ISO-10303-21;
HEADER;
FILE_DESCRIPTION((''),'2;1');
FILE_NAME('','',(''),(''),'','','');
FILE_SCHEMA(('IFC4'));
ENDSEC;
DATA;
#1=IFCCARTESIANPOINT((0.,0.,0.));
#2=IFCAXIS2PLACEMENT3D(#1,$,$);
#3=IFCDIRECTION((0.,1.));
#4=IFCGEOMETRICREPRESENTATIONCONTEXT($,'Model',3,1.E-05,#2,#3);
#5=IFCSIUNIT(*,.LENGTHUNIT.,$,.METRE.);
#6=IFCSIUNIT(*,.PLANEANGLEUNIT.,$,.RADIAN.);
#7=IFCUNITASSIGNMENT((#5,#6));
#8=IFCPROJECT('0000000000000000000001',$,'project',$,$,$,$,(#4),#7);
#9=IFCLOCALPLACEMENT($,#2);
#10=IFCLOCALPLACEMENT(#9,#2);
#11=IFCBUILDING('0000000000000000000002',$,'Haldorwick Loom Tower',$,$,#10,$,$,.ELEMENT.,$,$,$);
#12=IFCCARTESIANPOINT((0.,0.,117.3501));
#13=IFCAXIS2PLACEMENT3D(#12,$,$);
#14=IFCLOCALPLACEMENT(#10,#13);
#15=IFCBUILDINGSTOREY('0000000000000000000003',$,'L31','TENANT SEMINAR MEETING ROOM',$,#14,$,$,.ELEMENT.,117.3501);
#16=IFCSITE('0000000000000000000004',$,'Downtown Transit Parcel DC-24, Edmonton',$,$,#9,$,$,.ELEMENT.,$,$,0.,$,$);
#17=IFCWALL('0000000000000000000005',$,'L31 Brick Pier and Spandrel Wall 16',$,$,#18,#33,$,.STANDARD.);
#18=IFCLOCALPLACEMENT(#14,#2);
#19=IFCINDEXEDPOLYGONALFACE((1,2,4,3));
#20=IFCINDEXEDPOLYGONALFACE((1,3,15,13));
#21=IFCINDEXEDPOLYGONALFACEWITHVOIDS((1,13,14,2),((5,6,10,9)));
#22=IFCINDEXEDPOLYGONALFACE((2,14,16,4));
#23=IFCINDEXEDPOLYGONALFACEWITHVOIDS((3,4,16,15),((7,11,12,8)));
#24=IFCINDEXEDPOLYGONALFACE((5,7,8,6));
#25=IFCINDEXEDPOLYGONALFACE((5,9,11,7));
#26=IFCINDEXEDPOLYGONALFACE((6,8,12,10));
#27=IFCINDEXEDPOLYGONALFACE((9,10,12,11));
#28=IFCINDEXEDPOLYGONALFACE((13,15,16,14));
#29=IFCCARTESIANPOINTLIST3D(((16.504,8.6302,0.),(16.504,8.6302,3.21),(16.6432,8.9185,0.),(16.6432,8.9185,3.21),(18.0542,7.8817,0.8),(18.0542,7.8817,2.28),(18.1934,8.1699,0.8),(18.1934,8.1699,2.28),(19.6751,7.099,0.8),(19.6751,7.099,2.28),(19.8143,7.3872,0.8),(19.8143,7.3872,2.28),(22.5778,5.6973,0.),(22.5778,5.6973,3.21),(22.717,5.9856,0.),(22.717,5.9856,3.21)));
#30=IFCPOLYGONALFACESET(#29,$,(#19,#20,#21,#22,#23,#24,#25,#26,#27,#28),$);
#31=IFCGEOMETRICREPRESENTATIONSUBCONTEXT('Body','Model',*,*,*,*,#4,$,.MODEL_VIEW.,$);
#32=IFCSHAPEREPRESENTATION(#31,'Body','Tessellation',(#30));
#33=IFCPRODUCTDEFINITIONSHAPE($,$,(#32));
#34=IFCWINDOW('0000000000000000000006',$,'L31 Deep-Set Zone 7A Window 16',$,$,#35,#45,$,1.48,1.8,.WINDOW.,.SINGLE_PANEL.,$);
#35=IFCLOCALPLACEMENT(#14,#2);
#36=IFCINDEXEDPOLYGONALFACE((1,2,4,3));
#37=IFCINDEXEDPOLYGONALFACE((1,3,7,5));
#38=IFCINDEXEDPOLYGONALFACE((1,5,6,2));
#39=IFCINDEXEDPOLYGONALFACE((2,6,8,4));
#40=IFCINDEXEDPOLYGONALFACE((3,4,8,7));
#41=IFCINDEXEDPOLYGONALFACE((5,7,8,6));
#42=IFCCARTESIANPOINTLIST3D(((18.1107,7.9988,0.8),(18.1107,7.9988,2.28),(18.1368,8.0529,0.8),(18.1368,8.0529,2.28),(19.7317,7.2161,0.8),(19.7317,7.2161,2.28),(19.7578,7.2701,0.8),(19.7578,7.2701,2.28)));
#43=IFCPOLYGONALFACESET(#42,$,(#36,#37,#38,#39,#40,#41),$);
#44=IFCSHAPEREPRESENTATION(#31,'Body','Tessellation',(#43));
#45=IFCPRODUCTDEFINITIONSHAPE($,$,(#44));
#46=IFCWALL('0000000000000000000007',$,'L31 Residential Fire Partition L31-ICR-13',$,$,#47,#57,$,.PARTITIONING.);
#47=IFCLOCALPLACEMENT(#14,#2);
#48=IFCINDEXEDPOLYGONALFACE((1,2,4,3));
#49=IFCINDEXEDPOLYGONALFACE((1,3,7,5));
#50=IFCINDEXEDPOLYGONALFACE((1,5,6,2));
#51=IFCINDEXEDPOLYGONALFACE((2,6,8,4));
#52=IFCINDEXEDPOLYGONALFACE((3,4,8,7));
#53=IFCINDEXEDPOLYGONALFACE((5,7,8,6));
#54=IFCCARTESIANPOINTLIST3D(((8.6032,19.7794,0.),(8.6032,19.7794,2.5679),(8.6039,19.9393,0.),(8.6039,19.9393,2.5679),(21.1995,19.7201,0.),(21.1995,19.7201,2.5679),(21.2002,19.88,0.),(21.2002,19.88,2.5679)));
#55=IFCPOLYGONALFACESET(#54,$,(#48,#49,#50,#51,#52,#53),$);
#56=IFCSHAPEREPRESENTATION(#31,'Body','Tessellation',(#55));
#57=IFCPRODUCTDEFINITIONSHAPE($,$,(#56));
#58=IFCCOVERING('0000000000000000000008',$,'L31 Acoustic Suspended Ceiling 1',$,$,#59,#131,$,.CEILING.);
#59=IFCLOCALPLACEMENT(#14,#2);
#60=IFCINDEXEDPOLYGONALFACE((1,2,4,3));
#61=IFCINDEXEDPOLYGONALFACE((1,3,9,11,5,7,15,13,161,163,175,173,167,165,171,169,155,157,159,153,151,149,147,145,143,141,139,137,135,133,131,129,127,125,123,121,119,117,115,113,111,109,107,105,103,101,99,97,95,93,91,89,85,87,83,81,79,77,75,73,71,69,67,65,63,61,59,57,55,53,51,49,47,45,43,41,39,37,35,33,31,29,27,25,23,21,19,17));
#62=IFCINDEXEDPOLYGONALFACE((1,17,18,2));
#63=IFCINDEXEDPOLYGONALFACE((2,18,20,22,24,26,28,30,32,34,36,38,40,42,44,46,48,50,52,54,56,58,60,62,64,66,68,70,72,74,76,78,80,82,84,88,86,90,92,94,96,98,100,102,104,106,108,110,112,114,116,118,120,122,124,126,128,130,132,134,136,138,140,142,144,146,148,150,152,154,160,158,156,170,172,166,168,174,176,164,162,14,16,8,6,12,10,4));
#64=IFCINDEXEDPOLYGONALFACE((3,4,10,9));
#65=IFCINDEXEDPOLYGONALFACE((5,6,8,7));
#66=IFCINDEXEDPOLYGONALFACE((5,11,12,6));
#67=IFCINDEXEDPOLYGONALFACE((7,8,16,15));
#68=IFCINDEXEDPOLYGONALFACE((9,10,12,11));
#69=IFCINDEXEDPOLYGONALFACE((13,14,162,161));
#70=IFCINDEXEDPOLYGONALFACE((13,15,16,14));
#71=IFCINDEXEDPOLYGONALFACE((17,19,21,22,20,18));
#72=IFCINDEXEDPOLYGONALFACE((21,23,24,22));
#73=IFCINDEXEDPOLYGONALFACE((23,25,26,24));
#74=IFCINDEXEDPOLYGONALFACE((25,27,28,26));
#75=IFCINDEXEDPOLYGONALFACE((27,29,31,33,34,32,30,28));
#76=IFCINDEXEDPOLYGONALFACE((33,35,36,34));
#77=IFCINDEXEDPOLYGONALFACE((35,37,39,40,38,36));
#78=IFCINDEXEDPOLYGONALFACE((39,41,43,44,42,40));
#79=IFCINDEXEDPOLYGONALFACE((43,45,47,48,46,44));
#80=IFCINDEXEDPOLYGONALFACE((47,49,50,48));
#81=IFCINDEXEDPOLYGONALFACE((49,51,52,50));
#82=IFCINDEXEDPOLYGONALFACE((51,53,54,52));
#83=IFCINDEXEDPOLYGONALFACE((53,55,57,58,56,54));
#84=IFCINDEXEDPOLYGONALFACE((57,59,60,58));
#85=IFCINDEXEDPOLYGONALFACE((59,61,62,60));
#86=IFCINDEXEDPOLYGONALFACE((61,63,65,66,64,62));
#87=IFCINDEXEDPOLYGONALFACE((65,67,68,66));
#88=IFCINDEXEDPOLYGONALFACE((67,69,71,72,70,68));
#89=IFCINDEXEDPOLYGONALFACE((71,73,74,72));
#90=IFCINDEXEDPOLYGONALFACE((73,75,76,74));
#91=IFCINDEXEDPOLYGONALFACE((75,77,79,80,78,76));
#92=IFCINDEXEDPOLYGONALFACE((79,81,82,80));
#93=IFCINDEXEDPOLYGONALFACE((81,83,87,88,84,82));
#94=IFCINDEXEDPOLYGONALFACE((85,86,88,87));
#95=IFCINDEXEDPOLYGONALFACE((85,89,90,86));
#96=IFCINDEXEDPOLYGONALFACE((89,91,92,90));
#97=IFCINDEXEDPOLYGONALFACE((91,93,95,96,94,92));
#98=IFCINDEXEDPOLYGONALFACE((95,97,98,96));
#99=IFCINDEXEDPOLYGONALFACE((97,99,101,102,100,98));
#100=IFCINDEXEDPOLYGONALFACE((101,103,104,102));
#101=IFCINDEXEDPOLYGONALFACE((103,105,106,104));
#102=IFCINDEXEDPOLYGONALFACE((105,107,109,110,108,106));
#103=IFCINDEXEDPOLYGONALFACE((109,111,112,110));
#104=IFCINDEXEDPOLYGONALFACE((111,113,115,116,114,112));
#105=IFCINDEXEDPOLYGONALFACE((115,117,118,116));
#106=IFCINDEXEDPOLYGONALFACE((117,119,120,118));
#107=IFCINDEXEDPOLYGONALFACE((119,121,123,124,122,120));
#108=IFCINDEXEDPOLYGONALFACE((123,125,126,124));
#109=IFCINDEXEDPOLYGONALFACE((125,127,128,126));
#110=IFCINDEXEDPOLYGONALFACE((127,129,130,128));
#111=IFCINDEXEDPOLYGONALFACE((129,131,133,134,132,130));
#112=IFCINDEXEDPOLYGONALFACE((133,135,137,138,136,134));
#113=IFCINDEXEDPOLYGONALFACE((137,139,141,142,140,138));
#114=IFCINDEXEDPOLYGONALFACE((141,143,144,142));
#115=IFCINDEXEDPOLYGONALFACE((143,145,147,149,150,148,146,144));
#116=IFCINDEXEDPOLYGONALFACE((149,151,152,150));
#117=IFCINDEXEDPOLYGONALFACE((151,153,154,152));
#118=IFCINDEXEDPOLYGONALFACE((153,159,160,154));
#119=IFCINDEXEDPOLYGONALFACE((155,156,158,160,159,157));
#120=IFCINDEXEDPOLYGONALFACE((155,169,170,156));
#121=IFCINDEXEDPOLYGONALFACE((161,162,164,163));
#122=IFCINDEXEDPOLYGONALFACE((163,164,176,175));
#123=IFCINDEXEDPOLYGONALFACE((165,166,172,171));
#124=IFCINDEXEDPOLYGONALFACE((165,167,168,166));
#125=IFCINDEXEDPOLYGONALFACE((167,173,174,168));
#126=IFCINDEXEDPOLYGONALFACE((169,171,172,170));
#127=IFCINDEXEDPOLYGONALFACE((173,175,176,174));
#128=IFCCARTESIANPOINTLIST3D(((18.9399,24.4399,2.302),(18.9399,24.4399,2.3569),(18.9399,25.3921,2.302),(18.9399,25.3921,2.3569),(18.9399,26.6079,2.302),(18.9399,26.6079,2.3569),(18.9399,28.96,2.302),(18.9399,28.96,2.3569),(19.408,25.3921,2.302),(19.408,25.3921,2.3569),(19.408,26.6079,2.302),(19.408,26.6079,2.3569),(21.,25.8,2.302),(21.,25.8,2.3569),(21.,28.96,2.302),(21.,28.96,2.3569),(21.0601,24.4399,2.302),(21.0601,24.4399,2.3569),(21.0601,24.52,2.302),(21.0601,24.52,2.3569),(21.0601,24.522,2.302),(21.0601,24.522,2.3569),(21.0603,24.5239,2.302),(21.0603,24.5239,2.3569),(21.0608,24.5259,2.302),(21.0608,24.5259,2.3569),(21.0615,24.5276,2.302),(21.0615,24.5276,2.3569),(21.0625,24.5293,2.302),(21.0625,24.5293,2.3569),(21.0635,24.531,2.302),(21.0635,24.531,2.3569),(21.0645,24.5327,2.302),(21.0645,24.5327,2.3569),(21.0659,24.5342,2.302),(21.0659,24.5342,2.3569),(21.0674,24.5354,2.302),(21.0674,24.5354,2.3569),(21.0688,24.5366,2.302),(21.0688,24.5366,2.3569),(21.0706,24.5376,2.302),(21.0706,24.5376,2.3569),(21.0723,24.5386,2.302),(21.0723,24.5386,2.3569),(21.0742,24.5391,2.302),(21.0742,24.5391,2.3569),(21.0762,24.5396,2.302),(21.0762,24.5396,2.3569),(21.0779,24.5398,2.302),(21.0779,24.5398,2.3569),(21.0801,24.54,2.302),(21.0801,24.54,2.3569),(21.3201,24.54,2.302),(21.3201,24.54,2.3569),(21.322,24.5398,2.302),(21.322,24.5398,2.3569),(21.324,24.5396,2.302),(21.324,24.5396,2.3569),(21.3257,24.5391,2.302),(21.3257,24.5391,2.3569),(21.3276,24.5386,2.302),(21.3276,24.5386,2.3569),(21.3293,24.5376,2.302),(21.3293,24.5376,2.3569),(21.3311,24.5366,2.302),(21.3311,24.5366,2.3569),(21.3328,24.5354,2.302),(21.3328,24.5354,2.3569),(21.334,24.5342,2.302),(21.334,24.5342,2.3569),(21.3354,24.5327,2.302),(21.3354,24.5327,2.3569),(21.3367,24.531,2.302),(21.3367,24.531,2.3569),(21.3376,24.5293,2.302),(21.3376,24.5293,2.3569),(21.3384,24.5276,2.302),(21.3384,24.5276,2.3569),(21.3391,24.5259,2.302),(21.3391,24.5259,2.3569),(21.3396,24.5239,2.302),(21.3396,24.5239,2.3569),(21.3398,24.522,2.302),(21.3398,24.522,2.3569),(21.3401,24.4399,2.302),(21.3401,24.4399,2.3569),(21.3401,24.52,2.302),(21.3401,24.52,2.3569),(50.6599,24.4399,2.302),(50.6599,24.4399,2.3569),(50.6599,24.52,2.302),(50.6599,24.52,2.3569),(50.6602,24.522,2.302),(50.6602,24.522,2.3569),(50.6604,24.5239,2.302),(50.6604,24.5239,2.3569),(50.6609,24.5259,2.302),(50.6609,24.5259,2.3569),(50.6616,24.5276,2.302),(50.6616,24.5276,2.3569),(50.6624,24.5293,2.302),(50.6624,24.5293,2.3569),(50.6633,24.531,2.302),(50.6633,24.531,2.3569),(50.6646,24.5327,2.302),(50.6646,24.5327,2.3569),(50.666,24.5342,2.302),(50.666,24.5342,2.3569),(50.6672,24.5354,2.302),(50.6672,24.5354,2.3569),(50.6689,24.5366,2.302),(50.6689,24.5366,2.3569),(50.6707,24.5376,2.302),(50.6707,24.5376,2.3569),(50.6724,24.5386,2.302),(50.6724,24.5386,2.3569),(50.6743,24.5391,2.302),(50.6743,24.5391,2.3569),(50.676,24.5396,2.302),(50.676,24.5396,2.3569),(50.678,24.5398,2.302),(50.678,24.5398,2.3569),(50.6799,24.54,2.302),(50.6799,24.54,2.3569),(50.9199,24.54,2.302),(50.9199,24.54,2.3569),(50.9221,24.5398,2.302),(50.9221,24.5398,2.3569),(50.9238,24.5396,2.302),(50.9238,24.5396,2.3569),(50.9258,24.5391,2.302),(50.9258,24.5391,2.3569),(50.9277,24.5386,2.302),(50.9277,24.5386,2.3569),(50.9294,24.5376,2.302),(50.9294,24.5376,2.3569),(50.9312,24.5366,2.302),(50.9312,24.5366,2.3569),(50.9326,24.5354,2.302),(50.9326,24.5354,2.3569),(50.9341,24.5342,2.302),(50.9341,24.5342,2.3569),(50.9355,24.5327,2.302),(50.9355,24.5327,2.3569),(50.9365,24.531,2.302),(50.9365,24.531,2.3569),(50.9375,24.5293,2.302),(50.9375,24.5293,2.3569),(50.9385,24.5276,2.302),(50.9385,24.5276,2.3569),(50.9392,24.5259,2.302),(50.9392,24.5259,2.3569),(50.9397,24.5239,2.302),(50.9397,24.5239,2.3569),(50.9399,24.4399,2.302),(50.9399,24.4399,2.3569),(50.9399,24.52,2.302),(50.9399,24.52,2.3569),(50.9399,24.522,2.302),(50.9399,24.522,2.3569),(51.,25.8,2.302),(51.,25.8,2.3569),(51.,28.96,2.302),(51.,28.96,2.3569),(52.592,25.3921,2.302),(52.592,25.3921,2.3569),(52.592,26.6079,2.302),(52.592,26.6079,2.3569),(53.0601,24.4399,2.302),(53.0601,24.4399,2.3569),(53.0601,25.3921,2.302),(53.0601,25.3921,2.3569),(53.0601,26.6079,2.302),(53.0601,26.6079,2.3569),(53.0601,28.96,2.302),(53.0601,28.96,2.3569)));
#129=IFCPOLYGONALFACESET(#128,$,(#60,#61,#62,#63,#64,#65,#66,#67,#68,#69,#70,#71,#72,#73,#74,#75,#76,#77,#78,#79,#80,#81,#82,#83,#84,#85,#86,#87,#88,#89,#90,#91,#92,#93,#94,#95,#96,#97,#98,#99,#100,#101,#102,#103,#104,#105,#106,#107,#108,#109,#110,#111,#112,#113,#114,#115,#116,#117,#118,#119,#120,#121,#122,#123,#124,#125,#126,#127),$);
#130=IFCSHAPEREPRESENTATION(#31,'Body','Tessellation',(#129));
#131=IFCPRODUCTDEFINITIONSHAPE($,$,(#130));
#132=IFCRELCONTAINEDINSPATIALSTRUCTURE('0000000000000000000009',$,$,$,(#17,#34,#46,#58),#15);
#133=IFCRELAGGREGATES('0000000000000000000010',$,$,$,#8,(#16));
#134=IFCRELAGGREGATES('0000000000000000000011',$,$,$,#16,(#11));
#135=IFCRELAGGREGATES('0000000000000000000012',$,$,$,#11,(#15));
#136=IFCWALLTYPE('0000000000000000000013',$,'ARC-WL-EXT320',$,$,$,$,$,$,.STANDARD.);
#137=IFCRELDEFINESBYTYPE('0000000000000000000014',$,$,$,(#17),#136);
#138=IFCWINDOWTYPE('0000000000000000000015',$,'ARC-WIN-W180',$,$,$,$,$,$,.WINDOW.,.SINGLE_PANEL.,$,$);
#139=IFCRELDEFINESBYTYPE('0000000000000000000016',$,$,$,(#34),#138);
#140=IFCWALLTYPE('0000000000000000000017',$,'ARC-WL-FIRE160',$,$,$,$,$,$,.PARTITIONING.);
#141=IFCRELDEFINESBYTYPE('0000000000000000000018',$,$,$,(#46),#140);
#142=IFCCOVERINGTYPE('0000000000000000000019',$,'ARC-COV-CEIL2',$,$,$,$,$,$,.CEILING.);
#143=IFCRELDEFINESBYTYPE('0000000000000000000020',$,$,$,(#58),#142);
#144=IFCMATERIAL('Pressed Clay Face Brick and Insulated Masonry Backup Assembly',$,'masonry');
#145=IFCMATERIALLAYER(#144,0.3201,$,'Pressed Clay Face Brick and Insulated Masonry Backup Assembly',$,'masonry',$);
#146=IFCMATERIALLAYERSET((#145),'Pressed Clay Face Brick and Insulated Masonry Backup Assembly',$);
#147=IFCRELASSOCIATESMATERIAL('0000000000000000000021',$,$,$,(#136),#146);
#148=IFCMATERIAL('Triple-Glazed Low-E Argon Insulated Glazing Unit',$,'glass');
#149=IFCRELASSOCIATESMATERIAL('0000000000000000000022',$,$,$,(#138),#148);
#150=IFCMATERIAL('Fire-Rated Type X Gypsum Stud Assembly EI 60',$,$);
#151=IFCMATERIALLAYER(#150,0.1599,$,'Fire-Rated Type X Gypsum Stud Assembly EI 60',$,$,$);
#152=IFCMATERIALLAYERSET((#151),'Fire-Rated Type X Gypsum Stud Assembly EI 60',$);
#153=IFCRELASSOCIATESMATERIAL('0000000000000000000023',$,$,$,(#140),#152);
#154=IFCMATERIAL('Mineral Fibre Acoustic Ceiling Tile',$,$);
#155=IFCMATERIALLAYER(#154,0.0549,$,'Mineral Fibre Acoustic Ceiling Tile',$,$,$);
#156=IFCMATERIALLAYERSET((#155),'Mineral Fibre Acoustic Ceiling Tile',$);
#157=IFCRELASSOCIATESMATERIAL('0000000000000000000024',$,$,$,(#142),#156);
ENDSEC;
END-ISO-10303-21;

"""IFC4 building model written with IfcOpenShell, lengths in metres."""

from ifc_helpers import new_model, si_unit, direction, frame, frame_2d, origin, place, context, subcontext, project, spatial, polyline, rectangle, outline, extrude, material, layer, layer_set, type_object, element, fill, save


model = new_model("IFC4")

# Units and contexts
model_context = context("Model", 3, precision=1e-05, world=origin(), true_north=direction((0.0, 1.0)))
body_context = subcontext(model_context, "Body", "Model", "MODEL_VIEW")
ifc_project = project(units=[si_unit("LENGTHUNIT", "METRE"), si_unit("PLANEANGLEUNIT", "RADIAN")], contexts=[model_context])

# Site, building, storey
site_placement = place(None, origin())
site = spatial("IfcSite", under=ifc_project, at=site_placement, Name="Downtown Transit Parcel DC-24, Edmonton", CompositionType="ELEMENT", RefElevation=0.0)
building_placement = place(site_placement, origin())
building = spatial("IfcBuilding", under=site, at=building_placement, Name="Haldorwick Loom Tower", CompositionType="ELEMENT")
storey_placement = place(building_placement, frame((0.0, 0.0, 117.3501)))
storey = spatial("IfcBuildingStorey", under=building, at=storey_placement, Name="L31", Description="TENANT SEMINAR MEETING ROOM", CompositionType="ELEMENT", Elevation=117.3501)

# Shared definitions
ifc_material_1 = material(Name="Pressed Clay Face Brick and Insulated Masonry Backup Assembly", Category="masonry")
ifc_layer_1 = layer(ifc_material_1, 0.3201, Name="Pressed Clay Face Brick and Insulated Masonry Backup Assembly", Category="masonry")
ifc_layer_set_1 = layer_set([ifc_layer_1], Name="Pressed Clay Face Brick and Insulated Masonry Backup Assembly")
wall_type_1 = type_object("IfcWallType", Name="ARC-WL-EXT320", PredefinedType="STANDARD", material=ifc_layer_set_1)

# Wall, opening, window
wall_1_placement = place(storey_placement, frame((16.5735, 8.7744, 0.0), z_axis=(0.0, 0.0, 1.0), x_axis=(0.90051, -0.434835, 0.0)))
wall_1 = element("IfcWall", 1, at=wall_1_placement, inside=storey, type_object=wall_type_1, Name="L31 Brick Pier and Spandrel Wall 16", PredefinedType="STANDARD", context=body_context, shape_type="SweptSolid", body=[
    extrude(rectangle(XDim=6.7449, YDim=0.3201, at=frame_2d((3.3726, 0.0))), origin(), (0.0, 0.0, 1.0), 3.21),
])
opening_1_placement = place(wall_1_placement, frame((1.7217, 0.0, 0.8)))
opening_1 = element("IfcOpeningElement", 2, at=opening_1_placement, cuts=wall_1, PredefinedType="OPENING", context=body_context, shape_type="SweptSolid", body=[
    extrude(rectangle(XDim=1.8, YDim=1.48, at=frame_2d((0.8999, 0.74))), frame((0.0, 0.1699, 0.0), z_axis=(0.0, -1.0, 0.0), x_axis=(1.0, 0.0, 0.0)), (0.0, 0.0, 1.0), 0.3401),
])
ifc_material_2 = material(Name="Triple-Glazed Low-E Argon Insulated Glazing Unit", Category="glass")
window_type = type_object("IfcWindowType", Name="ARC-WIN-W180", PartitioningType="SINGLE_PANEL", PredefinedType="WINDOW", material=ifc_material_2)
window_placement = place(opening_1_placement, origin())
window = element("IfcWindow", 3, at=window_placement, inside=storey, type_object=window_type, Name="L31 Deep-Set Zone 7A Window 16", OverallHeight=1.48, OverallWidth=1.8, PartitioningType="SINGLE_PANEL", PredefinedType="WINDOW", context=body_context, shape_type="SweptSolid", body=[
    extrude(rectangle(XDim=1.8, YDim=1.48, at=frame_2d((0.8999, 0.74))), frame((0.0, 0.03, 0.0), z_axis=(0.0, -1.0, 0.0), x_axis=(1.0, 0.0, 0.0)), (0.0, 0.0, 1.0), 0.0601),
])
fill(opening_1, window)

# Wall
ifc_material_3 = material(Name="Fire-Rated Type X Gypsum Stud Assembly EI 60")
ifc_layer_2 = layer(ifc_material_3, 0.1599, Name="Fire-Rated Type X Gypsum Stud Assembly EI 60")
ifc_layer_set_2 = layer_set([ifc_layer_2], Name="Fire-Rated Type X Gypsum Stud Assembly EI 60")
wall_type_2 = type_object("IfcWallType", Name="ARC-WL-FIRE160", PredefinedType="PARTITIONING", material=ifc_layer_set_2)
wall_2_placement = place(storey_placement, frame((21.2, 19.8, 0.0), z_axis=(0.0, 0.0, 1.0), x_axis=(-0.999989, 0.00471, 0.0)))
element("IfcWall", 4, at=wall_2_placement, inside=storey, type_object=wall_type_2, Name="L31 Residential Fire Partition L31-ICR-13", PredefinedType="PARTITIONING", context=body_context, shape_type="SweptSolid", body=[
    extrude(rectangle(XDim=12.5964, YDim=0.1599, at=frame_2d((6.2983, 0.0))), origin(), (0.0, 0.0, 1.0), 2.5679),
])

# Covering
ifc_material_4 = material(Name="Mineral Fibre Acoustic Ceiling Tile")
ifc_layer_3 = layer(ifc_material_4, 0.0549, Name="Mineral Fibre Acoustic Ceiling Tile")
ifc_layer_set_3 = layer_set([ifc_layer_3], Name="Mineral Fibre Acoustic Ceiling Tile")
covering_type_1 = type_object("IfcCoveringType", Name="ARC-COV-CEIL2", PredefinedType="CEILING", material=ifc_layer_set_3)
covering_1_placement = place(storey_placement, frame((0.0, 0.0, 2.302)))
element("IfcCovering", 5, at=covering_1_placement, inside=storey, type_object=covering_type_1, Name="L31 Acoustic Suspended Ceiling 1", PredefinedType="CEILING", context=body_context, shape_type="SweptSolid", body=[
    extrude(outline(polyline([(21.3201, 24.54), (21.322, 24.5398), (21.324, 24.5396), (21.3257, 24.5391), (21.3276, 24.5386), (21.3293, 24.5376), (21.3311, 24.5366), (21.3328, 24.5354), (21.334, 24.5342), (21.3354, 24.5327), (21.3367, 24.531), (21.3376, 24.5293), (21.3384, 24.5276), (21.3391, 24.5259), (21.3396, 24.5239), (21.3398, 24.522), (21.3401, 24.52), (21.3401, 24.4399), (50.6599, 24.4399), (50.6599, 24.52), (50.6602, 24.522), (50.6604, 24.5239), (50.6609, 24.5259), (50.6616, 24.5276), (50.6624, 24.5293), (50.6633, 24.531), (50.6646, 24.5327), (50.666, 24.5342), (50.6672, 24.5354), (50.6689, 24.5366), (50.6707, 24.5376), (50.6724, 24.5386), (50.6743, 24.5391), (50.676, 24.5396), (50.678, 24.5398), (50.6799, 24.54), (50.9199, 24.54), (50.9221, 24.5398), (50.9238, 24.5396), (50.9258, 24.5391), (50.9277, 24.5386), (50.9294, 24.5376), (50.9312, 24.5366), (50.9326, 24.5354), (50.9341, 24.5342), (50.9355, 24.5327), (50.9365, 24.531), (50.9375, 24.5293), (50.9385, 24.5276), (50.9392, 24.5259), (50.9397, 24.5239), (50.9399, 24.522), (50.9399, 24.52), (50.9399, 24.4399), (53.0601, 24.4399), (53.0601, 25.3921), (52.592, 25.3921), (52.592, 26.6079), (53.0601, 26.6079), (53.0601, 28.96), (51.0, 28.96), (51.0, 25.8), (21.0, 25.8), (21.0, 28.96), (18.9399, 28.96), (18.9399, 26.6079), (19.408, 26.6079), (19.408, 25.3921), (18.9399, 25.3921), (18.9399, 24.4399), (21.0601, 24.4399), (21.0601, 24.52), (21.0601, 24.522), (21.0603, 24.5239), (21.0608, 24.5259), (21.0615, 24.5276), (21.0625, 24.5293), (21.0635, 24.531), (21.0645, 24.5327), (21.0659, 24.5342), (21.0674, 24.5354), (21.0688, 24.5366), (21.0706, 24.5376), (21.0723, 24.5386), (21.0742, 24.5391), (21.0762, 24.5396), (21.0779, 24.5398), (21.0801, 24.54), (21.3201, 24.54)])), origin(), (0.0, 0.0, 1.0), 0.0549),
])

save(model, "model.ifc")
